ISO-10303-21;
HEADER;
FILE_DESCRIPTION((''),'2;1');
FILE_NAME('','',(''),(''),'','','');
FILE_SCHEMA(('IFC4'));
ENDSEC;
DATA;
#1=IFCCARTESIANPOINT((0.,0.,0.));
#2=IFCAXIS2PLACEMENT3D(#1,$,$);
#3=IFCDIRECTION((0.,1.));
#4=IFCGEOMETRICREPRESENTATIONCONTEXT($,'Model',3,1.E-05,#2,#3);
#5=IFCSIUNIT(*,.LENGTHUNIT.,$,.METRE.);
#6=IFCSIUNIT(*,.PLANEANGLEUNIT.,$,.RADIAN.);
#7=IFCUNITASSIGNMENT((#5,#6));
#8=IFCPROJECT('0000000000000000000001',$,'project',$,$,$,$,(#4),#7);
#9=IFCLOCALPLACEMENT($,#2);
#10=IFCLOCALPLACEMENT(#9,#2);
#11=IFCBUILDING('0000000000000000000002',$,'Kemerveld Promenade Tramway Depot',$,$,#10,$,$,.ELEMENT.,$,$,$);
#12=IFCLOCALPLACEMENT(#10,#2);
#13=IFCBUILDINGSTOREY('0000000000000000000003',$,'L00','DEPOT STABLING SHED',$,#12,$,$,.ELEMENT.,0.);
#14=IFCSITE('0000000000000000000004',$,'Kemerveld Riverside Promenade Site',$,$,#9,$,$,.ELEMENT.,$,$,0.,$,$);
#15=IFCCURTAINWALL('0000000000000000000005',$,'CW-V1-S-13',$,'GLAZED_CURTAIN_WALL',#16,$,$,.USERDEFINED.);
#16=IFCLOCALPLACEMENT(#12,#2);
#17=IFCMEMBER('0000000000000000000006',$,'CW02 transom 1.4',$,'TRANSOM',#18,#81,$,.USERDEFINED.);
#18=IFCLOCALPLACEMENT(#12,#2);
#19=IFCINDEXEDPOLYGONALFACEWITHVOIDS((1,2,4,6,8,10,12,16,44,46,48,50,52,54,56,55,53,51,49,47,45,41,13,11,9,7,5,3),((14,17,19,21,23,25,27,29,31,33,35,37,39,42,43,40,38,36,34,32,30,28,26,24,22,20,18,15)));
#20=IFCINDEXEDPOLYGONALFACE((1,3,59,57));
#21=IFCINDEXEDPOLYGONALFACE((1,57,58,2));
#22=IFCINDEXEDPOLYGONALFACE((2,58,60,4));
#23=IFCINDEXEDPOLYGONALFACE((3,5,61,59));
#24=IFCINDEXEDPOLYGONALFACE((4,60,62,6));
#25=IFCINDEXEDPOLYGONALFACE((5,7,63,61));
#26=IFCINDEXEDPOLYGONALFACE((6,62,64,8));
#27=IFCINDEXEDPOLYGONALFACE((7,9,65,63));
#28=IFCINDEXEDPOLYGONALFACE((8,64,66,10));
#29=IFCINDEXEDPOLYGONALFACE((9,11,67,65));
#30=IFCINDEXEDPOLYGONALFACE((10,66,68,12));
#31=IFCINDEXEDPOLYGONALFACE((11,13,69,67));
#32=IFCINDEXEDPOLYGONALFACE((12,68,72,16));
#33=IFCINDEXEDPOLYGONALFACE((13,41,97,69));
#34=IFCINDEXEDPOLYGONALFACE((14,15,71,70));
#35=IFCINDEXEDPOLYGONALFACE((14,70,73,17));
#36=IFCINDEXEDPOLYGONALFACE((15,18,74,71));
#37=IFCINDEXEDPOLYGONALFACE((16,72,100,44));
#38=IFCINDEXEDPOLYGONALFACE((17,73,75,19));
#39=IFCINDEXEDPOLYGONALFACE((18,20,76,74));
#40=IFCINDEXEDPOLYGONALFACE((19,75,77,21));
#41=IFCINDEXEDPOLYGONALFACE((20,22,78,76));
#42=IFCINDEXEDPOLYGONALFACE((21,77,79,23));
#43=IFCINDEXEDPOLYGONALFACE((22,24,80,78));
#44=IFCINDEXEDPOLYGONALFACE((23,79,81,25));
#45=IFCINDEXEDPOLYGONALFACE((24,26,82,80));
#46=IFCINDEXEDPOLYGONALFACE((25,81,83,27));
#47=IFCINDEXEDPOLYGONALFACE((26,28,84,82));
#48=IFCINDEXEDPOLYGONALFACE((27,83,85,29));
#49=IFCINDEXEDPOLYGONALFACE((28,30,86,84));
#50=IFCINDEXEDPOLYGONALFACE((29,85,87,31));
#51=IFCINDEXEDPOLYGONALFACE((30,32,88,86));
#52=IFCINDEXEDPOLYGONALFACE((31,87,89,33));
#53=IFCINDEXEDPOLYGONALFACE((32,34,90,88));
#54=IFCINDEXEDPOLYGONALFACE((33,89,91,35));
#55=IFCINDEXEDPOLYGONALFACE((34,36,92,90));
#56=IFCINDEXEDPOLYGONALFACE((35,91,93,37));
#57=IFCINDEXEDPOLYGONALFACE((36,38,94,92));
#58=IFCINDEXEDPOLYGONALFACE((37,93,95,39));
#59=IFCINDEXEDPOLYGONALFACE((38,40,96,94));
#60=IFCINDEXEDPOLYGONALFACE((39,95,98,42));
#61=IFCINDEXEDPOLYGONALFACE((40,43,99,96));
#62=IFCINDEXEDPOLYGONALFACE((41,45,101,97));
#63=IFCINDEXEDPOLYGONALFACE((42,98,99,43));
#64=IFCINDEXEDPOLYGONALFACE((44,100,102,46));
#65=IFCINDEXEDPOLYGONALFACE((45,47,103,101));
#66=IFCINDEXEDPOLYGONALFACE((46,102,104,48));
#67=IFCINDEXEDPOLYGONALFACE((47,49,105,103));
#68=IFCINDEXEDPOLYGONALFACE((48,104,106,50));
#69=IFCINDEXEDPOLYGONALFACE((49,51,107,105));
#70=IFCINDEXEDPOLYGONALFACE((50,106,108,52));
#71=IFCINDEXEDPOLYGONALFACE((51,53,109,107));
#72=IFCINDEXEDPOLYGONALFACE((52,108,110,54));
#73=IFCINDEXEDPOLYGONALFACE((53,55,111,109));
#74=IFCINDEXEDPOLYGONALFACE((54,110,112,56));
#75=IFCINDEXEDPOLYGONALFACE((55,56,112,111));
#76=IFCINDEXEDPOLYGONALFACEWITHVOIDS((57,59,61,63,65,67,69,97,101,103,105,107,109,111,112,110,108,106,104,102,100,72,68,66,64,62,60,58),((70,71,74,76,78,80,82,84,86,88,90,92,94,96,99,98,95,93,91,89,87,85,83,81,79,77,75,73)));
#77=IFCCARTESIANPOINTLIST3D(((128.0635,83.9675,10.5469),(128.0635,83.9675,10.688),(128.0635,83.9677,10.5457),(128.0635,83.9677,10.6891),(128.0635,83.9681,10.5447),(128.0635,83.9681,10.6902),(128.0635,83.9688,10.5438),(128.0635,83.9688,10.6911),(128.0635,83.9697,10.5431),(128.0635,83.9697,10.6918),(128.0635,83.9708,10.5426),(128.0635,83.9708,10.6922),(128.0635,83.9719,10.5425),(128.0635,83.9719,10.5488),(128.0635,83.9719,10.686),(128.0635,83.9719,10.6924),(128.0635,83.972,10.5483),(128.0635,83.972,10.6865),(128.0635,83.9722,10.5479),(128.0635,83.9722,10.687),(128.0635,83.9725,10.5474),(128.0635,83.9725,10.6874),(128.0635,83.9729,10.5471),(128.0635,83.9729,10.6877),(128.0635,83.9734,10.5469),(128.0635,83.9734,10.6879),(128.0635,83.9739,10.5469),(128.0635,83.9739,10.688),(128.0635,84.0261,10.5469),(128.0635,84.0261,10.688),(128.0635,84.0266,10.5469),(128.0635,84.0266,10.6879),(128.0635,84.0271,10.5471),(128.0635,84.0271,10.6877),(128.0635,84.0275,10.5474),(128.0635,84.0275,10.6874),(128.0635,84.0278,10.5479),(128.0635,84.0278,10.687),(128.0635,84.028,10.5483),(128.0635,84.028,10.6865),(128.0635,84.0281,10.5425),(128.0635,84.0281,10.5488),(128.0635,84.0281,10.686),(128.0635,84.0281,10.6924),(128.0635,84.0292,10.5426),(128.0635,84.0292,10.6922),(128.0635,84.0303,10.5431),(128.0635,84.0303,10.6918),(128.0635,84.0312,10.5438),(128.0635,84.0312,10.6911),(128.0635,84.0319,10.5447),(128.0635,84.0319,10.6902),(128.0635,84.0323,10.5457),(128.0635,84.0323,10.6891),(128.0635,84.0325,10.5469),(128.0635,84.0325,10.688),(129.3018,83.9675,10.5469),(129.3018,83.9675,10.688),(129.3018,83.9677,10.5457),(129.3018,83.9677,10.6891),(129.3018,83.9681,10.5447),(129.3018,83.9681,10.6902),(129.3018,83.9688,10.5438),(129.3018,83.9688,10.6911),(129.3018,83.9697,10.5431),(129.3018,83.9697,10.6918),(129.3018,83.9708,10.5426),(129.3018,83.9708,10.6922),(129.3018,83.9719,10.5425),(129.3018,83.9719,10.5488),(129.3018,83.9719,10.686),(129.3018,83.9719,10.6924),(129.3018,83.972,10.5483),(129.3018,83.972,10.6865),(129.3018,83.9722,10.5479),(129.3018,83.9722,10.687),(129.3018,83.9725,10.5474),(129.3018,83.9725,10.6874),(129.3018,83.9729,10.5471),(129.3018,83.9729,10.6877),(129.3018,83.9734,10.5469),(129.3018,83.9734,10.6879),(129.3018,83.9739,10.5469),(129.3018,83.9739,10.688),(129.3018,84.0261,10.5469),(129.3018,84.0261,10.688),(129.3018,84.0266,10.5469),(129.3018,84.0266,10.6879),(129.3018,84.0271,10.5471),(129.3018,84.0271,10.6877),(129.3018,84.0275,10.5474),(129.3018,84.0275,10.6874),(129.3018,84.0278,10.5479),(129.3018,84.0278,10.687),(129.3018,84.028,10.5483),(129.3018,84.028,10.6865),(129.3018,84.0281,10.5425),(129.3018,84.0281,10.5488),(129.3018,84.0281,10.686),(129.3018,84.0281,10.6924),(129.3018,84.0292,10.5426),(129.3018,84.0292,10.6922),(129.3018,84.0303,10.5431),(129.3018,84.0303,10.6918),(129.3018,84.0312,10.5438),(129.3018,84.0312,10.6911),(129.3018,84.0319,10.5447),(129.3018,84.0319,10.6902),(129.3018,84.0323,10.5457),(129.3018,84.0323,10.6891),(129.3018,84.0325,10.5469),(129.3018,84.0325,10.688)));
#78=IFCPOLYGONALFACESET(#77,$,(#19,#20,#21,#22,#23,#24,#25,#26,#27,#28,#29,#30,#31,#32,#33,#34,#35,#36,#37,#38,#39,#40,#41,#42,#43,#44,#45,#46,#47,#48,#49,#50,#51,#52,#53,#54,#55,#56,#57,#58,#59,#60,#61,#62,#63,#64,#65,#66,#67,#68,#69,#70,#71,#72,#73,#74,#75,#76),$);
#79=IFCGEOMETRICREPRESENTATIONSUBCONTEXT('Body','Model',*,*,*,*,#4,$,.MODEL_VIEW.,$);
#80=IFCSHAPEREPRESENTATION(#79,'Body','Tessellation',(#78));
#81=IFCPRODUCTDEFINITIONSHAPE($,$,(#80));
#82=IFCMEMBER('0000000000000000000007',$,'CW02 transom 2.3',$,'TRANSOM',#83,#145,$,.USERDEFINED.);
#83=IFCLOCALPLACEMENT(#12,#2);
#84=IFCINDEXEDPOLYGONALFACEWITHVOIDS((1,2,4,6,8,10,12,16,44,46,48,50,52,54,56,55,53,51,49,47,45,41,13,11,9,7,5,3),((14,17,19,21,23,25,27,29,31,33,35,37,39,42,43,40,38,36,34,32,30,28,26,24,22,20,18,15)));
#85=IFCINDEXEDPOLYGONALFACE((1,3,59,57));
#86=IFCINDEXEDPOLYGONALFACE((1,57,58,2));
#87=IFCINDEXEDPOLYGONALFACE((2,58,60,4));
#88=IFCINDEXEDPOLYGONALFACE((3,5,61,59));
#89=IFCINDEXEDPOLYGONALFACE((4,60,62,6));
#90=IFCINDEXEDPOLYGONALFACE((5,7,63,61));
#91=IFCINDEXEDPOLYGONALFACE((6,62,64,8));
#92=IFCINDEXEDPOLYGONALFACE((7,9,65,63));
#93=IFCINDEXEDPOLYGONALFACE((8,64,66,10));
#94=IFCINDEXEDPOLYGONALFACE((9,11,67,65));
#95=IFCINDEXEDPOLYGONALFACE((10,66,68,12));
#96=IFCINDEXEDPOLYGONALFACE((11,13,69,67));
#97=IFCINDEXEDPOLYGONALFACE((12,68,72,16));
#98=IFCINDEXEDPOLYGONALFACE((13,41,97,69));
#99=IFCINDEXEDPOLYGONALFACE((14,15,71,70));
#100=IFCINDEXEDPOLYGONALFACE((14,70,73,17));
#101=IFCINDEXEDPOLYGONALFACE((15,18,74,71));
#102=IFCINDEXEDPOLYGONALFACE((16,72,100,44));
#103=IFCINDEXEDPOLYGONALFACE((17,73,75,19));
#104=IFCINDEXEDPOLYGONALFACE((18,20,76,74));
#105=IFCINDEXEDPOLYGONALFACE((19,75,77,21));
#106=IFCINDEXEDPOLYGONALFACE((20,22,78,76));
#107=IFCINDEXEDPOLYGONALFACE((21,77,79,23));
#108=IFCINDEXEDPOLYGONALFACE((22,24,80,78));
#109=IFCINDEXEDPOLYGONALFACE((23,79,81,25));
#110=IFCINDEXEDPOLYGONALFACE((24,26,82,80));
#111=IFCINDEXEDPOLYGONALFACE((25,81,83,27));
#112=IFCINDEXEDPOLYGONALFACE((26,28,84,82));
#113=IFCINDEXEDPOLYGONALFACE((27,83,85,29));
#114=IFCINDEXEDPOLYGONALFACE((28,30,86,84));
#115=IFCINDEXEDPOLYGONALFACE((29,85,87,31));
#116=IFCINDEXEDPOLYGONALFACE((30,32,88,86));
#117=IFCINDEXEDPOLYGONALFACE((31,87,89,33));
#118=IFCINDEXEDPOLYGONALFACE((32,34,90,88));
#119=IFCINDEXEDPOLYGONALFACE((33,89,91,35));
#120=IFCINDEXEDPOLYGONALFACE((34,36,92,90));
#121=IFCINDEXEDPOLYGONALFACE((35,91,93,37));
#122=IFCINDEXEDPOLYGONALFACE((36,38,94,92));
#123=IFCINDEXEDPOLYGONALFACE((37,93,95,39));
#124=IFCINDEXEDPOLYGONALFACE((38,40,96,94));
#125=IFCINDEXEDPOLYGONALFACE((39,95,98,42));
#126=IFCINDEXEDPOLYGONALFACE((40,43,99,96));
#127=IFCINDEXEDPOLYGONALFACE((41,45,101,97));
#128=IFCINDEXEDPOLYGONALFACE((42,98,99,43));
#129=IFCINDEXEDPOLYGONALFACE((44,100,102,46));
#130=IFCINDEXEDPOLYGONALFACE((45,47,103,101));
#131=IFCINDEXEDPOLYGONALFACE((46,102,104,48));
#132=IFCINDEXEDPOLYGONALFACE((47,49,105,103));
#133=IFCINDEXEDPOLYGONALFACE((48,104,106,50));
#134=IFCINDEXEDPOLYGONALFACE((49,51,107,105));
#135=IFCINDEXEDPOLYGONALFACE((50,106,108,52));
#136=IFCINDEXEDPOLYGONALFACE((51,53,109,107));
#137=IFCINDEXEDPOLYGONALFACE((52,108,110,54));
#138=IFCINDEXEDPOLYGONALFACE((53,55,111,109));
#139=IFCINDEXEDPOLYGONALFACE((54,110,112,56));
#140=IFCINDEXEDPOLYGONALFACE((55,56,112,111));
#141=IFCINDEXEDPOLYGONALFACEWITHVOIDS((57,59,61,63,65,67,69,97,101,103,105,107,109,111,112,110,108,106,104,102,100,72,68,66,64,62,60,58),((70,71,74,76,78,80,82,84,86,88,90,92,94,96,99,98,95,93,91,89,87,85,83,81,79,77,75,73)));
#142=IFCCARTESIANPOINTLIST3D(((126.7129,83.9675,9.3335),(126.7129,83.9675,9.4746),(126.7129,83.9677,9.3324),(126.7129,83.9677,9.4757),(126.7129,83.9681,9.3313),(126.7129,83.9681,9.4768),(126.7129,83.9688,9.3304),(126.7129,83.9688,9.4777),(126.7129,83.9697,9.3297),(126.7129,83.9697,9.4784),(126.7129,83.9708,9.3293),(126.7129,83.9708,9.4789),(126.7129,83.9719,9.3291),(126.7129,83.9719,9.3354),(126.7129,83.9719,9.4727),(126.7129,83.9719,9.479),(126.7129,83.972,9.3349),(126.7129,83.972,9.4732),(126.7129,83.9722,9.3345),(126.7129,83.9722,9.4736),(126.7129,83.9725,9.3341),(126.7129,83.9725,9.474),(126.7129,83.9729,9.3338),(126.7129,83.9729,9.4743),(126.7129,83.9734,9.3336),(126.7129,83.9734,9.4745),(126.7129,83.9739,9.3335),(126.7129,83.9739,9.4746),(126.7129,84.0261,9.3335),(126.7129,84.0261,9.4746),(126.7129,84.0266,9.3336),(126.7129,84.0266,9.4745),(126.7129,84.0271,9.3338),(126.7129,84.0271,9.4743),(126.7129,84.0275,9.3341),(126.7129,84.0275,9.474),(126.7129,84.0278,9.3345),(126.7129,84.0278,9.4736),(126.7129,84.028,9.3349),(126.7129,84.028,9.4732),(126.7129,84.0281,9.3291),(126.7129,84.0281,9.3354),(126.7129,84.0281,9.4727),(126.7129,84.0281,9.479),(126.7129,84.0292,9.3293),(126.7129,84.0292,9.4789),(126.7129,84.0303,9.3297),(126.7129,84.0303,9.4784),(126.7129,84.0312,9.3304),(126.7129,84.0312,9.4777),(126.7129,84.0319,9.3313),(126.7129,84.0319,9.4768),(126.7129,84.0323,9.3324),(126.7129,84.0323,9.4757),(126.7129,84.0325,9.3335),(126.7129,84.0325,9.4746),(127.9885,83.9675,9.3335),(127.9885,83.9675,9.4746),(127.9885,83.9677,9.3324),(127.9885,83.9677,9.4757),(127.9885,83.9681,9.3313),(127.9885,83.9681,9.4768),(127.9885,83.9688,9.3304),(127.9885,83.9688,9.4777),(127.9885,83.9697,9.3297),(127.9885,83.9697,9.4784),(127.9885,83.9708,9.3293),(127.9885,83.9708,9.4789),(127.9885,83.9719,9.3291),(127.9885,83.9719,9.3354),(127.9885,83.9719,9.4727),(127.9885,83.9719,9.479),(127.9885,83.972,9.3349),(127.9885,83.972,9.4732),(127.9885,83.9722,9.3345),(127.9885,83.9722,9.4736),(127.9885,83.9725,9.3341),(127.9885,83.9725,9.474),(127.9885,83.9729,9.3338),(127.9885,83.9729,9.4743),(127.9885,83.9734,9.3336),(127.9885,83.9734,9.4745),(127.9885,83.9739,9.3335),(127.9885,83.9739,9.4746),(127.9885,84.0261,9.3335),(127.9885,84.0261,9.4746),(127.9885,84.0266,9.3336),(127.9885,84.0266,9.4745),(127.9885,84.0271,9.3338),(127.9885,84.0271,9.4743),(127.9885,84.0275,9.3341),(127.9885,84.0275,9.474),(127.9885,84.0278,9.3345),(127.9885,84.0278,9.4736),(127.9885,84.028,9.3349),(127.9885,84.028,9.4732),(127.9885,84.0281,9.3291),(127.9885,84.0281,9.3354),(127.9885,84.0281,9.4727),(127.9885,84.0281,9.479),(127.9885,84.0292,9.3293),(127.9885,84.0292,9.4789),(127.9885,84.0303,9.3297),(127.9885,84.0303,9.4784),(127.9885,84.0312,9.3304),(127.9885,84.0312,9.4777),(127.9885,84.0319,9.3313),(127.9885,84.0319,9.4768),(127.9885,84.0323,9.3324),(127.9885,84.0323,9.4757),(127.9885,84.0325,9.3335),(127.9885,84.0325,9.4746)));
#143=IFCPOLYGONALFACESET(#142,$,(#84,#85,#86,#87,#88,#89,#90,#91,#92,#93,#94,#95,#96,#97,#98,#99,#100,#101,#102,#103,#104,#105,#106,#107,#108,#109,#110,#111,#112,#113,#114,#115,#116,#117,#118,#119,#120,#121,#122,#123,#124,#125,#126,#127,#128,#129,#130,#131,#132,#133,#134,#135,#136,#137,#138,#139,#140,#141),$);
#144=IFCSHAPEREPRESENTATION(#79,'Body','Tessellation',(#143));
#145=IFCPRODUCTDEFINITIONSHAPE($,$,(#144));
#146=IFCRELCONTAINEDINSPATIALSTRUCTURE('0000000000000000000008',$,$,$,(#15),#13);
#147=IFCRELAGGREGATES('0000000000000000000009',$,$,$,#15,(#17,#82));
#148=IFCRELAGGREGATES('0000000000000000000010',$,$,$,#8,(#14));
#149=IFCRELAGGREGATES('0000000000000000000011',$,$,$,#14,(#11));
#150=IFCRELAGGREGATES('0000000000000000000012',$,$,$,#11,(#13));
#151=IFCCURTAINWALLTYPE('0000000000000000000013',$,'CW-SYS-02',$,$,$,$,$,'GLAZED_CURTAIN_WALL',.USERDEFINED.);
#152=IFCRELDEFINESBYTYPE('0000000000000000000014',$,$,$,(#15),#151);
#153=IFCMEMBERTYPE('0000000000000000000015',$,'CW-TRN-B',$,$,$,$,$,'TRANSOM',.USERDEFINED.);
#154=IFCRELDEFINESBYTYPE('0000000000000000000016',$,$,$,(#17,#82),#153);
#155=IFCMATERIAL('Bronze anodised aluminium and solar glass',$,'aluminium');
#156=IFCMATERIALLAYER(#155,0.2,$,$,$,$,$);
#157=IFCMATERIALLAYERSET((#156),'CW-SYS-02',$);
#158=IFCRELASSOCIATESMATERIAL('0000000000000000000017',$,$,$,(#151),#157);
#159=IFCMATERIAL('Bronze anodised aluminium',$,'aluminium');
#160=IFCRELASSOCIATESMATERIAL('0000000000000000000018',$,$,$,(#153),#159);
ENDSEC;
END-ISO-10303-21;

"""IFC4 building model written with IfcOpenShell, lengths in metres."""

from ifc_helpers import new_model, si_unit, direction, frame, origin, origin_2d, place, context, subcontext, project, spatial, hollow_rectangle, extrude, material, layer, layer_set, material_profile, profile_set, type_object, element, aggregate, save


model = new_model("IFC4")

# Units and contexts
model_context = context("Model", 3, precision=1e-05, world=origin(), true_north=direction((0.0, 1.0)))
body_context = subcontext(model_context, "Body", "Model", "MODEL_VIEW")
ifc_project = project(units=[si_unit("LENGTHUNIT", "METRE"), si_unit("PLANEANGLEUNIT", "RADIAN")], contexts=[model_context])

# Site, building, storey
site_placement = place(None, origin())
site = spatial("IfcSite", under=ifc_project, at=site_placement, Name="Kemerveld Riverside Promenade Site", CompositionType="ELEMENT", RefElevation=0.0)
building_placement = place(site_placement, origin())
building = spatial("IfcBuilding", under=site, at=building_placement, Name="Kemerveld Promenade Tramway Depot", CompositionType="ELEMENT")
storey_placement = place(building_placement, origin())
storey = spatial("IfcBuildingStorey", under=building, at=storey_placement, Name="L00", Description="DEPOT STABLING SHED", CompositionType="ELEMENT", Elevation=0.0)

# Curtain wall, members
ifc_material_1 = material(Name="Bronze anodised aluminium and solar glass", Category="aluminium")
ifc_material_2 = material(Name="Bronze anodised aluminium", Category="aluminium")
ifc_layer_1 = layer(ifc_material_1, 0.2)
ifc_layer_set_1 = layer_set([ifc_layer_1], Name="CW-SYS-02")
curtain_wall_type_1 = type_object("IfcCurtainWallType", Name="CW-SYS-02", ElementType="GLAZED_CURTAIN_WALL", PredefinedType="USERDEFINED", material=ifc_layer_set_1)
curtain_wall_1_placement = place(storey_placement, origin())
curtain_wall_1 = element("IfcCurtainWall", 1, at=curtain_wall_1_placement, inside=storey, type_object=curtain_wall_type_1, Name="CW-V1-S-13", ObjectType="GLAZED_CURTAIN_WALL", PredefinedType="USERDEFINED")
ifc_material_profile_1 = material_profile(ifc_material_2, hollow_rectangle(XDim=0.0649, YDim=0.1499, WallThickness=0.0044, InnerFilletRadius=0.002, OuterFilletRadius=0.0044, at=origin_2d()), Name="CW-TRN-150x65")
ifc_profile_set_1 = profile_set([ifc_material_profile_1], Name="Bronze anodised aluminium")
member_type_1 = type_object("IfcMemberType", Name="CW-TRN-B", ElementType="TRANSOM", PredefinedType="USERDEFINED", material=ifc_profile_set_1)
member_1_placement = place(storey_placement, frame((129.3018, 84.0, 10.6174), z_axis=(-1.0, 0.0, 0.0), x_axis=(0.0, -1.0, 0.0)))
member_1 = element("IfcMember", 2, at=member_1_placement, type_object=member_type_1, Name="CW02 transom 1.4", ObjectType="TRANSOM", PredefinedType="USERDEFINED", context=body_context, shape_type="SweptSolid", body=[
    extrude(hollow_rectangle(XDim=0.0649, YDim=0.1499, WallThickness=0.0044, InnerFilletRadius=0.002, OuterFilletRadius=0.0044, at=origin_2d()), origin(), (0.0, 0.0, 1.0), 1.2383),
])
member_2_placement = place(storey_placement, frame((127.9885, 84.0, 9.4041), z_axis=(-1.0, 0.0, 0.0), x_axis=(0.0, -1.0, 0.0)))
member_2 = element("IfcMember", 3, at=member_2_placement, type_object=member_type_1, Name="CW02 transom 2.3", ObjectType="TRANSOM", PredefinedType="USERDEFINED", context=body_context, shape_type="SweptSolid", body=[
    extrude(hollow_rectangle(XDim=0.0649, YDim=0.1499, WallThickness=0.0044, InnerFilletRadius=0.002, OuterFilletRadius=0.0044, at=origin_2d()), origin(), (0.0, 0.0, 1.0), 1.2756),
])

aggregate(curtain_wall_1, [member_1, member_2])

save(model, "model.ifc")
